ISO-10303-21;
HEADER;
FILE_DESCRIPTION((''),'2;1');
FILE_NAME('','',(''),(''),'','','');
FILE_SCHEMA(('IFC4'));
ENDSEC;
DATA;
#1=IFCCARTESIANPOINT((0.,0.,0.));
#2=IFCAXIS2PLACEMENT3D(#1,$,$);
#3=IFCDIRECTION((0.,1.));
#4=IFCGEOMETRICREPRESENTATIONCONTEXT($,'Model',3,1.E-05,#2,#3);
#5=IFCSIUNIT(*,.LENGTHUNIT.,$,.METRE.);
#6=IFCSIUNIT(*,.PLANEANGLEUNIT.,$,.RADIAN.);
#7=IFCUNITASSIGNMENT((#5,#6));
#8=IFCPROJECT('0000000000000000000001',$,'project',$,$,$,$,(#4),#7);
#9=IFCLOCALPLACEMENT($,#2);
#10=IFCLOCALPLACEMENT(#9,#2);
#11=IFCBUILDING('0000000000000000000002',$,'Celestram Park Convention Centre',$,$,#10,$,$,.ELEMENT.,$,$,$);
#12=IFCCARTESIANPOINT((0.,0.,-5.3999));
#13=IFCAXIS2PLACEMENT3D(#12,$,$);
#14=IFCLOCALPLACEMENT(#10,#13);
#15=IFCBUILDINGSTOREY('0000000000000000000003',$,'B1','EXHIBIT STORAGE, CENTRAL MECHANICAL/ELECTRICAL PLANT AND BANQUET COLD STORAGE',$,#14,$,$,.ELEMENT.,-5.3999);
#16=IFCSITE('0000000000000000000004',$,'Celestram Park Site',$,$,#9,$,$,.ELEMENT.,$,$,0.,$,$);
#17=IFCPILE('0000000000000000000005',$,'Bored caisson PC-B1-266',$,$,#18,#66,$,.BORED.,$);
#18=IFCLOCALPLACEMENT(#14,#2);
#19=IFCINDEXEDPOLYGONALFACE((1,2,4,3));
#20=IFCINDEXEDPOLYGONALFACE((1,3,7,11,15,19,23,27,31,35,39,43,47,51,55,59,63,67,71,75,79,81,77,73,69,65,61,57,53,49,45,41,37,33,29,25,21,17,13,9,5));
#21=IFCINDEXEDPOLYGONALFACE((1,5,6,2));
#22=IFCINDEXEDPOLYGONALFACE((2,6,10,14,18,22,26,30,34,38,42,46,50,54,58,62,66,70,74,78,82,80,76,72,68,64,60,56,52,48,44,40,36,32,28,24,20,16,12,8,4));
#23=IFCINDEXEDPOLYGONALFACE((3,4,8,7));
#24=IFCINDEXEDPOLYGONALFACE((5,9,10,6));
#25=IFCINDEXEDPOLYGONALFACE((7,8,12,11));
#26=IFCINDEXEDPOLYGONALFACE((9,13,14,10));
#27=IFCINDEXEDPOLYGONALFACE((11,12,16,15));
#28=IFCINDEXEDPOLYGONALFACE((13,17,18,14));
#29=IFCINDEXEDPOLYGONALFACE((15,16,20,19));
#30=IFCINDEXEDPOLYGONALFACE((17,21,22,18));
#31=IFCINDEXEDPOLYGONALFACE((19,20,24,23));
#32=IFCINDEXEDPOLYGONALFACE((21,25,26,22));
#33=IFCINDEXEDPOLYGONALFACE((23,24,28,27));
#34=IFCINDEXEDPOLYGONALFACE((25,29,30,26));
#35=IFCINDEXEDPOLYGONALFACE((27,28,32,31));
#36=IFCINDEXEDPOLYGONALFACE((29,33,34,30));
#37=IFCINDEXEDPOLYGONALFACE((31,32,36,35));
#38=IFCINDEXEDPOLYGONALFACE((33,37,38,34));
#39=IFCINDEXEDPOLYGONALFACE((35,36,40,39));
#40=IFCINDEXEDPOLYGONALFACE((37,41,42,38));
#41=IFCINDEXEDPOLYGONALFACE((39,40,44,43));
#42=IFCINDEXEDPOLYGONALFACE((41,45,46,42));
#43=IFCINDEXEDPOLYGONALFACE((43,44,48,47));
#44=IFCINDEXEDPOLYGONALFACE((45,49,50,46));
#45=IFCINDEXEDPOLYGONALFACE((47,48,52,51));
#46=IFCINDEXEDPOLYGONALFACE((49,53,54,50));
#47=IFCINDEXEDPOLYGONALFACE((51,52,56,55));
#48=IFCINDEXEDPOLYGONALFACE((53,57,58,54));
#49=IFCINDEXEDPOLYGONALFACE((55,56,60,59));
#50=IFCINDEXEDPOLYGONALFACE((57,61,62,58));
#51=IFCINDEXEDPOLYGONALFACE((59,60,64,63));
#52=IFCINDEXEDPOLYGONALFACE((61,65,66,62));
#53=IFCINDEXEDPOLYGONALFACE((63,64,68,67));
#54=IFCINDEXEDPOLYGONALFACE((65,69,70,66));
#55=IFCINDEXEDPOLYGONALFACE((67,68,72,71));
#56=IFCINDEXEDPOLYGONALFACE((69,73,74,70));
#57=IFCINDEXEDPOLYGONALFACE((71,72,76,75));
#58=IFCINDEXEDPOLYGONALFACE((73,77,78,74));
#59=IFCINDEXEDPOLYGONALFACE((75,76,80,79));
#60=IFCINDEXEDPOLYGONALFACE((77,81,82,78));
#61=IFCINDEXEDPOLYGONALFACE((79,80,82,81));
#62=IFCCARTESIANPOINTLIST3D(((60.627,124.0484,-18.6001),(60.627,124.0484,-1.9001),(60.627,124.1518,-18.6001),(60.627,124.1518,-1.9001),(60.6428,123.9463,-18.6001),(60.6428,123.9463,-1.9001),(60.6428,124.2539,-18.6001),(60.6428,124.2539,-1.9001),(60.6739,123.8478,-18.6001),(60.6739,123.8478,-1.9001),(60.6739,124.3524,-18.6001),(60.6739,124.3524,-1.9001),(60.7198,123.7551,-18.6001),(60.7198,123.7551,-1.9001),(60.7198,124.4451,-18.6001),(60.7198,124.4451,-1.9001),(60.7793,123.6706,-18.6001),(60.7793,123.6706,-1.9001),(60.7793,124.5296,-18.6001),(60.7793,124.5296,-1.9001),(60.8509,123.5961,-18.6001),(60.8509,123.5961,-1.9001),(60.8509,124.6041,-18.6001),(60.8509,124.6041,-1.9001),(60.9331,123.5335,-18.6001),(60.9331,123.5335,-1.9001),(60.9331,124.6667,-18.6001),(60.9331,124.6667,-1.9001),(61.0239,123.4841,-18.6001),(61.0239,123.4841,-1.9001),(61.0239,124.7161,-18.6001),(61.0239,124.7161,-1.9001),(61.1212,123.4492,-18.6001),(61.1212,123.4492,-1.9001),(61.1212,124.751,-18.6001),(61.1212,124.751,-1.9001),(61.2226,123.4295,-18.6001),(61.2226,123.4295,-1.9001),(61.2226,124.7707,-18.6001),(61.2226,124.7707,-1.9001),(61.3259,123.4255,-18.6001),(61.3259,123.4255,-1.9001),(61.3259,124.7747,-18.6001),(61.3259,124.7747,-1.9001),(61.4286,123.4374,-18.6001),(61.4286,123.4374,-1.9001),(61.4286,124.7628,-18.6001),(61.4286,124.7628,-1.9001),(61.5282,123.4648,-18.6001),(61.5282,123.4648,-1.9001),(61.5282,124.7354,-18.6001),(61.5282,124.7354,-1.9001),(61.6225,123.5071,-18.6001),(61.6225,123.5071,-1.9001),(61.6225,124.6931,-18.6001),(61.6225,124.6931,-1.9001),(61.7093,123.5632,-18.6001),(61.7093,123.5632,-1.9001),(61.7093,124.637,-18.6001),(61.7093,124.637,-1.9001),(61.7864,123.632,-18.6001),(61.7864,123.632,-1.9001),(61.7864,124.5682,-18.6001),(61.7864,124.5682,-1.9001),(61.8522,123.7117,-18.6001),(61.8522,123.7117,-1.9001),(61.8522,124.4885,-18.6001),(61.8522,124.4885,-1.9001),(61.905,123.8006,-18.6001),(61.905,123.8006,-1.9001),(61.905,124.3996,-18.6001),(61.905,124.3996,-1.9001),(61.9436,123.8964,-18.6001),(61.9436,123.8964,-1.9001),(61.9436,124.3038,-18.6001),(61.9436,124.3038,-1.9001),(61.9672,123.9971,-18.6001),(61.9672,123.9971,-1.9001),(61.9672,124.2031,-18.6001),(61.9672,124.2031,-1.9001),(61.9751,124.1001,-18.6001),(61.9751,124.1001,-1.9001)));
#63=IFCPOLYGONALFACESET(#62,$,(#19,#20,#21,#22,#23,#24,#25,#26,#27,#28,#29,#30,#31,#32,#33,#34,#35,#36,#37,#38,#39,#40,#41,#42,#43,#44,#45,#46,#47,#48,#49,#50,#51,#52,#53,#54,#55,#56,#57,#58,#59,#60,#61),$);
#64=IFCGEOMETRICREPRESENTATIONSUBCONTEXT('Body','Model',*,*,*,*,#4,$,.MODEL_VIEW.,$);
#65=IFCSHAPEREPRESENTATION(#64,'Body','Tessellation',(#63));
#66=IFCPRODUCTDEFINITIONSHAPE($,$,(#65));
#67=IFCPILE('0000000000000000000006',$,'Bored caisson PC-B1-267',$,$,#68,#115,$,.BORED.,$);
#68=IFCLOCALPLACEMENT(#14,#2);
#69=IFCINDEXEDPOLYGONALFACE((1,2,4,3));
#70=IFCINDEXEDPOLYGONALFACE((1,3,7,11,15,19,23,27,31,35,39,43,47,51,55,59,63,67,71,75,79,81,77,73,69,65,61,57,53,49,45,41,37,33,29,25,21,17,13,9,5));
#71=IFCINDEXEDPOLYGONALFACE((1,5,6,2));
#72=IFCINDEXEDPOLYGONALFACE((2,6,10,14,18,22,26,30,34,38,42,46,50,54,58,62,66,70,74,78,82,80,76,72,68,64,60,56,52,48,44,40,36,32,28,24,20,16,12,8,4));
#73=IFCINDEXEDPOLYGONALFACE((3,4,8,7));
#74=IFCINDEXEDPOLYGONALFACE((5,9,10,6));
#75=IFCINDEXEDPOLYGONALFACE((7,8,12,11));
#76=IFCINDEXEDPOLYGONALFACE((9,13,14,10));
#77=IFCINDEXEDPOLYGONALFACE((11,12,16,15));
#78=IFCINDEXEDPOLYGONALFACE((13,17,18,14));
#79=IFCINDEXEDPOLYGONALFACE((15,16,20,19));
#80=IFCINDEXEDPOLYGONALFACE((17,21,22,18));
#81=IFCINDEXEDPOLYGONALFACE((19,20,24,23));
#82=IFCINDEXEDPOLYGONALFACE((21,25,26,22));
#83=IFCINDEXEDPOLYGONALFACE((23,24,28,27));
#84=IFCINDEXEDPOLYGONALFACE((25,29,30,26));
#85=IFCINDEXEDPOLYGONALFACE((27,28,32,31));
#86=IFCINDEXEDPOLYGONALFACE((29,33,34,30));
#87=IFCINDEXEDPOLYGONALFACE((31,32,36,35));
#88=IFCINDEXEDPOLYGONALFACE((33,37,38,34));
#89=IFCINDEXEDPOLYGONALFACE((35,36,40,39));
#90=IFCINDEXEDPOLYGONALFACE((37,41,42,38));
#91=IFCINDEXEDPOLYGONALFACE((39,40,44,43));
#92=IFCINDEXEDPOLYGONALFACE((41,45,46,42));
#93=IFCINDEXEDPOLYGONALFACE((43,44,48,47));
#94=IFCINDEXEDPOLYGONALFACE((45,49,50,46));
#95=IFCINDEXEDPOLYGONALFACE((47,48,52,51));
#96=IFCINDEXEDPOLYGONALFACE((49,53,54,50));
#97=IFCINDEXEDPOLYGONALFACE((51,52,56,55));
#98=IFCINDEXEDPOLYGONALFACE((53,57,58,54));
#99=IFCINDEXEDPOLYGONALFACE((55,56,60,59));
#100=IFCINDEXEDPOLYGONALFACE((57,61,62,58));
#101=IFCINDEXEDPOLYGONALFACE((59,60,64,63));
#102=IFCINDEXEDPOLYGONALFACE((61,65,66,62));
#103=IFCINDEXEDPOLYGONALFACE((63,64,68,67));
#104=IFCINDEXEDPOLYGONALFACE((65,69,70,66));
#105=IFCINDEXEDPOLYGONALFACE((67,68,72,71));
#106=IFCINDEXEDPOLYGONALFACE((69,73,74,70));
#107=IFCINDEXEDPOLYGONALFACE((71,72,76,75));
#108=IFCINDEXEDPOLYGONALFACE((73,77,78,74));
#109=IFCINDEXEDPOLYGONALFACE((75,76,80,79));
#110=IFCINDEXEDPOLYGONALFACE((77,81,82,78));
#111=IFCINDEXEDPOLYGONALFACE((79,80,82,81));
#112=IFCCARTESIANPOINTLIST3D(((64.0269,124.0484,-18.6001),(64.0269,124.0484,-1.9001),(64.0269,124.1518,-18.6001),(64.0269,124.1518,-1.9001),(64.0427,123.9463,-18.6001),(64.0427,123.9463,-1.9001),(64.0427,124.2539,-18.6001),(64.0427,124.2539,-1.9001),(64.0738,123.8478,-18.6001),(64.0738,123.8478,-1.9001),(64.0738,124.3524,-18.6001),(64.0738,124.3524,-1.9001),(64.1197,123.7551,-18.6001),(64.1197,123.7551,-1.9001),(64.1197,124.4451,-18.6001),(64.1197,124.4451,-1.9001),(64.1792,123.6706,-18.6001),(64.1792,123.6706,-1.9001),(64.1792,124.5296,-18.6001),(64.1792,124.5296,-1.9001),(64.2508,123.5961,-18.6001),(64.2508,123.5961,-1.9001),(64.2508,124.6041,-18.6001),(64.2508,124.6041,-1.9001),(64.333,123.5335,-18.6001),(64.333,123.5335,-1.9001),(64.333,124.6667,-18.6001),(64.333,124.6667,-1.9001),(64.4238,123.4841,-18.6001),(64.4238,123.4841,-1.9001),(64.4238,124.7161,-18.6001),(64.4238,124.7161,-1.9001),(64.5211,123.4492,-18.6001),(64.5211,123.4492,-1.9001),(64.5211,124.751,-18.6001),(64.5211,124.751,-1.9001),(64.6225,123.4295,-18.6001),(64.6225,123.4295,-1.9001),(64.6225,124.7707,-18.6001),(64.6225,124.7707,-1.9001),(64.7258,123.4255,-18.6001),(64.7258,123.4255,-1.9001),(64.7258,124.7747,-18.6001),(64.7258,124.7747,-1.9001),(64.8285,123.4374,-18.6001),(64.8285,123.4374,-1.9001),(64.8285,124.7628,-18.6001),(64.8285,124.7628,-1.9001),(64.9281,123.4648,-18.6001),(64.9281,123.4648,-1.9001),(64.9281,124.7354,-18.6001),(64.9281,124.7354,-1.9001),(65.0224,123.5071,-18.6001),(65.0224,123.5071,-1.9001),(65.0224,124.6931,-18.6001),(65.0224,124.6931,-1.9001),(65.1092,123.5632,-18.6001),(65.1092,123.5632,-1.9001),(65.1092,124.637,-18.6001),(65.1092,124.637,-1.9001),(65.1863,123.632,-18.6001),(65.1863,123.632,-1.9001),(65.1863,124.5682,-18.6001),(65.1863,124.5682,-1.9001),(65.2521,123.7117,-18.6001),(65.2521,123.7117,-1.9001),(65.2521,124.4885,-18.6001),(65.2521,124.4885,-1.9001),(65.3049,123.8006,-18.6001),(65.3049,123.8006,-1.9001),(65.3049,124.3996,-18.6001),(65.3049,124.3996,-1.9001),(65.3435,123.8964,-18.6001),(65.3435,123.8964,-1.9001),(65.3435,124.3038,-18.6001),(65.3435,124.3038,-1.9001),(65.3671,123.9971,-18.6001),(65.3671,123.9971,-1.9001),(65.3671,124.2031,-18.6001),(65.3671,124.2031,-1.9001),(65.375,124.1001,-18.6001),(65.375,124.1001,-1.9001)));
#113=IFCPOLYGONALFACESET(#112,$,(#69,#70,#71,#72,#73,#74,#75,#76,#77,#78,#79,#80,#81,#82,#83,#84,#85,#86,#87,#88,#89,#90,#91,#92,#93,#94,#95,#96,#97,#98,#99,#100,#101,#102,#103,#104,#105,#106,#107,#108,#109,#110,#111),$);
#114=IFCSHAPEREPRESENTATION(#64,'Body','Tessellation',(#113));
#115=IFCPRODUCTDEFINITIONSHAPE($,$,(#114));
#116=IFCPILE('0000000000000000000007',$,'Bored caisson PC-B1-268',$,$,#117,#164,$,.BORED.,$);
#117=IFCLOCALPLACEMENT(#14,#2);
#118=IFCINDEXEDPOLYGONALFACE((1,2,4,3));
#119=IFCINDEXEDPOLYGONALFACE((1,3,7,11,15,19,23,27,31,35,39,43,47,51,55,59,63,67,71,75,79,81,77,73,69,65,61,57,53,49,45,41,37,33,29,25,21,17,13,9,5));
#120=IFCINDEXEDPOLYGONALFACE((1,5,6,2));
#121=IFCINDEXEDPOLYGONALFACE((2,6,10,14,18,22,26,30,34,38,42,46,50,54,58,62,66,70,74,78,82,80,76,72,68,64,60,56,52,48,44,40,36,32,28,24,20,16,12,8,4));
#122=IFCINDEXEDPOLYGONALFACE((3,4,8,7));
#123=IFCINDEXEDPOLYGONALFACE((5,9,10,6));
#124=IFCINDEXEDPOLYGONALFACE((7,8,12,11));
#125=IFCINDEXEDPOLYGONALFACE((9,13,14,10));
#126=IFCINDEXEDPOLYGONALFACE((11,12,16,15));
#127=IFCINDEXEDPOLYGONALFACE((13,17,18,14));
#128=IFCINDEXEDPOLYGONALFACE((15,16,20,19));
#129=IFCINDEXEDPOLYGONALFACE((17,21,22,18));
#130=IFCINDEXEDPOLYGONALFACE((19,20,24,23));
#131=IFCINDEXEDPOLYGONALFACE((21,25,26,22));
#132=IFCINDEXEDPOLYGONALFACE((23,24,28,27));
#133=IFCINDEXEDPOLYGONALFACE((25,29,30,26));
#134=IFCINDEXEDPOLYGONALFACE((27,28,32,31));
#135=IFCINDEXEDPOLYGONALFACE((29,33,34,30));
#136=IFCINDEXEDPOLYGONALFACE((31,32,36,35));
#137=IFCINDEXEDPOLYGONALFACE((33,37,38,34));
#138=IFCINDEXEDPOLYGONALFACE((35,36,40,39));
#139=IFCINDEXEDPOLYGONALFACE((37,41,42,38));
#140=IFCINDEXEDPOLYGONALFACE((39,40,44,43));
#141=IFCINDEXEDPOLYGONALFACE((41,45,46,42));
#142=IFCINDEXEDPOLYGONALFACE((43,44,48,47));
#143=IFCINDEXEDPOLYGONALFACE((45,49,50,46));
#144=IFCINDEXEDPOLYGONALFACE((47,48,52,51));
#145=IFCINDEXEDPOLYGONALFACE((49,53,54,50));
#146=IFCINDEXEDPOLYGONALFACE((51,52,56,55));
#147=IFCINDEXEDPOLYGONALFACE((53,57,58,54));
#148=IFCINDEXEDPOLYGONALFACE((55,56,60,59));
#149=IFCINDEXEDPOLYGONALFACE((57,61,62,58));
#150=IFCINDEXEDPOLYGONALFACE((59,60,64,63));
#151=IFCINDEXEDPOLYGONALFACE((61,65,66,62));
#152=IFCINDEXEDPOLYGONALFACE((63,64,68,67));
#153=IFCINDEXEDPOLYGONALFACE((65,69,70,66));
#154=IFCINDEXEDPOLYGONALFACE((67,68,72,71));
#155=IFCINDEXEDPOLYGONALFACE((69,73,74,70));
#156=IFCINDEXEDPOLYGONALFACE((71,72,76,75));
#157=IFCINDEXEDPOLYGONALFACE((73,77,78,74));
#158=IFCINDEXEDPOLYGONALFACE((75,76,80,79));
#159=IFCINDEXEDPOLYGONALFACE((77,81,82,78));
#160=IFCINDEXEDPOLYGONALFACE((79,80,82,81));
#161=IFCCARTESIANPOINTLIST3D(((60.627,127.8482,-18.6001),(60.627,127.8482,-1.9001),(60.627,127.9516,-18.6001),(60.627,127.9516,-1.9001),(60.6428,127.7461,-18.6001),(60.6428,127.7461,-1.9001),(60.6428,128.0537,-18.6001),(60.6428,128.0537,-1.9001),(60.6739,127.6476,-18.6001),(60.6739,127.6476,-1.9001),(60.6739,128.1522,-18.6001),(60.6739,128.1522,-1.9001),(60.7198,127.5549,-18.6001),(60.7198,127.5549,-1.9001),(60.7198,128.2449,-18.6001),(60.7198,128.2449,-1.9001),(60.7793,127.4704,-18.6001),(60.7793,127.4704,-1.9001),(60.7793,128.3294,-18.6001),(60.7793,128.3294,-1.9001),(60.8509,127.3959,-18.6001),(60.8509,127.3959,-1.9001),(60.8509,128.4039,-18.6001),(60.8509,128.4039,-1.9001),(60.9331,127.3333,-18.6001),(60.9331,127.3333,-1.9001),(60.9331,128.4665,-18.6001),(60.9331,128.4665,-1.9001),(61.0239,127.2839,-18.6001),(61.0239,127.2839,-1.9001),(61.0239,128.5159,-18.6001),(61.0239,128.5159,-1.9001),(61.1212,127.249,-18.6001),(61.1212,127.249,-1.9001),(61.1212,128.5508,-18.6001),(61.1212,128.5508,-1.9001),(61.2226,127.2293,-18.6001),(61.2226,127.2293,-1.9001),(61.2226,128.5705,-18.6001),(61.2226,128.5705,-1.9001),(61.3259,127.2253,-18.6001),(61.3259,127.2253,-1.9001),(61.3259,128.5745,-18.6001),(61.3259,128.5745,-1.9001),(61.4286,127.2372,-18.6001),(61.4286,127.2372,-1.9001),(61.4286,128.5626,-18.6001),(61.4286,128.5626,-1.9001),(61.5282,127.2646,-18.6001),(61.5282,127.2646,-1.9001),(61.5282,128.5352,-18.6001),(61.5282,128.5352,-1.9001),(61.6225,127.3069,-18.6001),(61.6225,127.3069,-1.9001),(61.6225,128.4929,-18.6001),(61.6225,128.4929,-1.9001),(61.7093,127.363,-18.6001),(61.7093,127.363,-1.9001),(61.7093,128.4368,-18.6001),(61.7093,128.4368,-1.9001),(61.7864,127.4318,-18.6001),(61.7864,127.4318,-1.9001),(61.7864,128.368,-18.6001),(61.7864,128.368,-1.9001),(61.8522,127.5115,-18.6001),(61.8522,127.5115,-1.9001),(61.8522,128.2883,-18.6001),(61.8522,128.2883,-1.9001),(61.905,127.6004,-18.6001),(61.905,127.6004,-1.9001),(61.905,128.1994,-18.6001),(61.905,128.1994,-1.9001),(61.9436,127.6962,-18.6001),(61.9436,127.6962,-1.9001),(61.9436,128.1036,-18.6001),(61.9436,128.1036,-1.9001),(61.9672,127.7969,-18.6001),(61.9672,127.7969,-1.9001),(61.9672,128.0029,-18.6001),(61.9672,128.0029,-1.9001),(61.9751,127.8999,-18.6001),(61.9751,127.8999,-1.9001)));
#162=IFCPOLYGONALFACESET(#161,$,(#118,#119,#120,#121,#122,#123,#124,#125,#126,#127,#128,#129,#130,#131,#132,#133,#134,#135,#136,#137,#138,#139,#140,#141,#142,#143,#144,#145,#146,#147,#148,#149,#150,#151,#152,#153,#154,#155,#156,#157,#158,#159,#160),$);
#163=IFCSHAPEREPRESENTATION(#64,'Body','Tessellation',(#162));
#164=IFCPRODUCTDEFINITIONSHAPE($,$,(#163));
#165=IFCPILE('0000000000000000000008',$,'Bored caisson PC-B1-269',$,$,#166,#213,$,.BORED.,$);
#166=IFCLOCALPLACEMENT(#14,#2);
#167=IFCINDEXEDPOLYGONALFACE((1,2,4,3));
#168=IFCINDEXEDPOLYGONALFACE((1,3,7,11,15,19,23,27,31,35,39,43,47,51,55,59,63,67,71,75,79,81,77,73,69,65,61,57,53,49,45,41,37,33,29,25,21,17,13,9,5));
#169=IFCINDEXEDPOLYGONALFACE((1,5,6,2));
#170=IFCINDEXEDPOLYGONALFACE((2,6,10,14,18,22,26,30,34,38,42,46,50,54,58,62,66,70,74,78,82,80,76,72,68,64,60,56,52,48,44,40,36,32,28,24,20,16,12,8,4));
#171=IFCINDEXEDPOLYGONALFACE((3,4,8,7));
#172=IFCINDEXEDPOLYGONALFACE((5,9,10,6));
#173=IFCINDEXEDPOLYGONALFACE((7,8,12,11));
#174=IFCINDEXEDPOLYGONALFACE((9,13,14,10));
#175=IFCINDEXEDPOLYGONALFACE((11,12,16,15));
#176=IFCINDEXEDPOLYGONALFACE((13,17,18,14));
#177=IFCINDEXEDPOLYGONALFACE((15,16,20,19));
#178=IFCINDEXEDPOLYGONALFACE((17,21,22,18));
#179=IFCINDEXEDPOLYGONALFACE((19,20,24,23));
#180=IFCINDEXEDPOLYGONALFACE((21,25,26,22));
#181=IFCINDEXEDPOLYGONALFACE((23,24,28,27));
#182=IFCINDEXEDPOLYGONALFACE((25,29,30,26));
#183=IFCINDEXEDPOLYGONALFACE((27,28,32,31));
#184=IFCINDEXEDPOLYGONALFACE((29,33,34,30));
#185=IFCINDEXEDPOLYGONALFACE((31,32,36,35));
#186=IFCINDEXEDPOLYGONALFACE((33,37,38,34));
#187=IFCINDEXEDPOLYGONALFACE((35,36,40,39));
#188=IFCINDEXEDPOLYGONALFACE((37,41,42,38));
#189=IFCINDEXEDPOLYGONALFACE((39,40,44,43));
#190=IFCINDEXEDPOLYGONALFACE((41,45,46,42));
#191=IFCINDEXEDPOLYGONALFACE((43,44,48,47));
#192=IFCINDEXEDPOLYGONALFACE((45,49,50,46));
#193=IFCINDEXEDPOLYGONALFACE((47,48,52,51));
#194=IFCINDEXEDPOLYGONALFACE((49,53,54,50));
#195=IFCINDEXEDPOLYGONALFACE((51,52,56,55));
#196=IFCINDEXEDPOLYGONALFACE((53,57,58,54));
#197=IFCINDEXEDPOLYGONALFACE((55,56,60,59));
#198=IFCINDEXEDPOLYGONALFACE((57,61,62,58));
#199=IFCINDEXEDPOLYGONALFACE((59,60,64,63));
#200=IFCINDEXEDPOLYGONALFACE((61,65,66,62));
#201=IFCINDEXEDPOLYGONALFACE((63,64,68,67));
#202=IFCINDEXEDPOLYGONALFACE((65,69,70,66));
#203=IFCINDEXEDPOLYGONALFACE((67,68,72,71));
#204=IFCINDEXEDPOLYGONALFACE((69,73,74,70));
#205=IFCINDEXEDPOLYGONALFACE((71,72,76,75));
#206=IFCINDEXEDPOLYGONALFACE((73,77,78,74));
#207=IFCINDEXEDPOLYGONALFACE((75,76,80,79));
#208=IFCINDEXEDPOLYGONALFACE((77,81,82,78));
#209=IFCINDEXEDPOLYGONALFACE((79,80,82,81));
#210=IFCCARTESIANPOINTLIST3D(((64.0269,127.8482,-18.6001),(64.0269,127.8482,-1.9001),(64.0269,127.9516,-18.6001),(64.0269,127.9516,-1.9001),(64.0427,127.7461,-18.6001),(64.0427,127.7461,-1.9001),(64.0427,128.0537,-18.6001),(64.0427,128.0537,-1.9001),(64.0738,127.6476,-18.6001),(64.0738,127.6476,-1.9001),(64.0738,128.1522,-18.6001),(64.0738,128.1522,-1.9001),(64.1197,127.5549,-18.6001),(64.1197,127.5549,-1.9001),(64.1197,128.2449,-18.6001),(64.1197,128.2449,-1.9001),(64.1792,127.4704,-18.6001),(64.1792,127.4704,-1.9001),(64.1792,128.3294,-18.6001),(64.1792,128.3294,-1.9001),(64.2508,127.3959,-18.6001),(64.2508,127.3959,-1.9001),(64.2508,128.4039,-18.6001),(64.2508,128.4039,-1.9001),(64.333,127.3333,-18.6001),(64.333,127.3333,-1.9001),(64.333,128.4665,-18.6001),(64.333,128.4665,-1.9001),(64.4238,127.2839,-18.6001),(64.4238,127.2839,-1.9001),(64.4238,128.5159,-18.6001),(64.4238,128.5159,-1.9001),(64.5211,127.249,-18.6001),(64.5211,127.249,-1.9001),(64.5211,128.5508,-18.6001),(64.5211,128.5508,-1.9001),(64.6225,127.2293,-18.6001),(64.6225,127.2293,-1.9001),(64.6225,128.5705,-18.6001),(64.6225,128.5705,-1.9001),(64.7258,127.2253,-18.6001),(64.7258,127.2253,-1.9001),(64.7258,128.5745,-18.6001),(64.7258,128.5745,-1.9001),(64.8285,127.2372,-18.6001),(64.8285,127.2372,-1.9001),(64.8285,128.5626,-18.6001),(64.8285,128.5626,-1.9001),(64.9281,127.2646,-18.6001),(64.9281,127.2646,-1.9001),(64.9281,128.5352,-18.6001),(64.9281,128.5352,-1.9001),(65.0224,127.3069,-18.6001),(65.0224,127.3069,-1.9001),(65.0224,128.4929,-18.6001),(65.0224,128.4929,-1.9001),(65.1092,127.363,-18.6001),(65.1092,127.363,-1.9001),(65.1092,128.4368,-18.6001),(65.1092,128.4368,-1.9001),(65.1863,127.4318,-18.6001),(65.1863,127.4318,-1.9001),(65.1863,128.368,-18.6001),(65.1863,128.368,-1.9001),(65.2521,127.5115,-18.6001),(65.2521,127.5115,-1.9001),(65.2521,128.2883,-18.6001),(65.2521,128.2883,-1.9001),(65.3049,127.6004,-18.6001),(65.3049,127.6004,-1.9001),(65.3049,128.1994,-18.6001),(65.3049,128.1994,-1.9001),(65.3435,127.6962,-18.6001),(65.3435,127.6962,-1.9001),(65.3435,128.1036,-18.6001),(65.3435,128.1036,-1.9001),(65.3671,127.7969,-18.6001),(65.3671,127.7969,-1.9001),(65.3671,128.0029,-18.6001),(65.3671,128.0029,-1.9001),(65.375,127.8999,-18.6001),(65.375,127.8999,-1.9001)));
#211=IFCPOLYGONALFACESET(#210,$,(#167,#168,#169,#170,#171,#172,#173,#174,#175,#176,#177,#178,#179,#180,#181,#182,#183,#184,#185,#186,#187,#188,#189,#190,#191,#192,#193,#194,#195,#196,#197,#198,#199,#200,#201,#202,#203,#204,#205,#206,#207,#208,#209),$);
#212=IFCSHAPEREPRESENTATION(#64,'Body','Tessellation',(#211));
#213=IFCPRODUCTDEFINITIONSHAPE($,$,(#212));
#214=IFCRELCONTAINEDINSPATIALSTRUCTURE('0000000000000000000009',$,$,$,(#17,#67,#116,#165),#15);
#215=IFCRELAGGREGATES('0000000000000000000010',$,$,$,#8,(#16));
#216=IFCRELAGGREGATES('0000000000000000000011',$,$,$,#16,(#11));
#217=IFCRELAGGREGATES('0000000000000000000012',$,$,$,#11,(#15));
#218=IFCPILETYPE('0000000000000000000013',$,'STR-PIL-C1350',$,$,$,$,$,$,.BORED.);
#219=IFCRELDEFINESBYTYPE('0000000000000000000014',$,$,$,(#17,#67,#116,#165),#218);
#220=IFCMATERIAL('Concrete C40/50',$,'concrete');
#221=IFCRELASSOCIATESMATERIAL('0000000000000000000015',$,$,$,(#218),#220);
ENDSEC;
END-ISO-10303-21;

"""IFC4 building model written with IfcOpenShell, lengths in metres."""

from ifc_helpers import new_model, si_unit, direction, frame, origin, origin_2d, place, context, subcontext, project, spatial, circle, extrude, material, material_profile, profile_set, type_object, element, save


model = new_model("IFC4")

# Units and contexts
model_context = context("Model", 3, precision=1e-05, world=origin(), true_north=direction((0.0, 1.0)))
body_context = subcontext(model_context, "Body", "Model", "MODEL_VIEW")
ifc_project = project(units=[si_unit("LENGTHUNIT", "METRE"), si_unit("PLANEANGLEUNIT", "RADIAN")], contexts=[model_context])

# Site, building, storey
site_placement = place(None, origin())
site = spatial("IfcSite", under=ifc_project, at=site_placement, Name="Celestram Park Site", CompositionType="ELEMENT", RefElevation=0.0)
building_placement = place(site_placement, origin())
building = spatial("IfcBuilding", under=site, at=building_placement, Name="Celestram Park Convention Centre", CompositionType="ELEMENT")
storey_placement = place(building_placement, frame((0.0, 0.0, -5.3999)))
storey = spatial("IfcBuildingStorey", under=building, at=storey_placement, Name="B1", Description="EXHIBIT STORAGE, CENTRAL MECHANICAL/ELECTRICAL PLANT AND BANQUET COLD STORAGE", CompositionType="ELEMENT", Elevation=-5.3999)

# Shared definitions
ifc_material_1 = material(Name="Concrete C40/50", Category="concrete")

# Piles
ifc_material_profile_1 = material_profile(ifc_material_1, circle(Radius=0.675, at=origin_2d()), Name="CAISSON1350")
ifc_profile_set_1 = profile_set([ifc_material_profile_1], Name="Concrete C40/50")
pile_type = type_object("IfcPileType", Name="STR-PIL-C1350", PredefinedType="BORED", material=ifc_profile_set_1)
for number, where, z_axis, x_axis, name in (
    (1, (61.3, 124.1001, -1.9001), (0.0, 0.0, -1.0), (1.0, 0.0, 0.0), "Bored caisson PC-B1-266"),
    (2, (64.7, 124.1001, -1.9001), (0.0, 0.0, -1.0), (1.0, 0.0, 0.0), "Bored caisson PC-B1-267"),
    (3, (61.3, 127.8999, -1.9001), (0.0, 0.0, -1.0), (1.0, 0.0, 0.0), "Bored caisson PC-B1-268"),
    (4, (64.7, 127.8999, -1.9001), (0.0, 0.0, -1.0), (1.0, 0.0, 0.0), "Bored caisson PC-B1-269"),
):
    element("IfcPile", number, at=place(storey_placement, frame(where, z_axis=z_axis, x_axis=x_axis)), inside=storey, type_object=pile_type, Name=name, PredefinedType="BORED", context=body_context, shape_type="SweptSolid", body=[
        extrude(circle(Radius=0.675, at=origin_2d()), origin(), (0.0, 0.0, 1.0), 16.7),
    ])

save(model, "model.ifc")
